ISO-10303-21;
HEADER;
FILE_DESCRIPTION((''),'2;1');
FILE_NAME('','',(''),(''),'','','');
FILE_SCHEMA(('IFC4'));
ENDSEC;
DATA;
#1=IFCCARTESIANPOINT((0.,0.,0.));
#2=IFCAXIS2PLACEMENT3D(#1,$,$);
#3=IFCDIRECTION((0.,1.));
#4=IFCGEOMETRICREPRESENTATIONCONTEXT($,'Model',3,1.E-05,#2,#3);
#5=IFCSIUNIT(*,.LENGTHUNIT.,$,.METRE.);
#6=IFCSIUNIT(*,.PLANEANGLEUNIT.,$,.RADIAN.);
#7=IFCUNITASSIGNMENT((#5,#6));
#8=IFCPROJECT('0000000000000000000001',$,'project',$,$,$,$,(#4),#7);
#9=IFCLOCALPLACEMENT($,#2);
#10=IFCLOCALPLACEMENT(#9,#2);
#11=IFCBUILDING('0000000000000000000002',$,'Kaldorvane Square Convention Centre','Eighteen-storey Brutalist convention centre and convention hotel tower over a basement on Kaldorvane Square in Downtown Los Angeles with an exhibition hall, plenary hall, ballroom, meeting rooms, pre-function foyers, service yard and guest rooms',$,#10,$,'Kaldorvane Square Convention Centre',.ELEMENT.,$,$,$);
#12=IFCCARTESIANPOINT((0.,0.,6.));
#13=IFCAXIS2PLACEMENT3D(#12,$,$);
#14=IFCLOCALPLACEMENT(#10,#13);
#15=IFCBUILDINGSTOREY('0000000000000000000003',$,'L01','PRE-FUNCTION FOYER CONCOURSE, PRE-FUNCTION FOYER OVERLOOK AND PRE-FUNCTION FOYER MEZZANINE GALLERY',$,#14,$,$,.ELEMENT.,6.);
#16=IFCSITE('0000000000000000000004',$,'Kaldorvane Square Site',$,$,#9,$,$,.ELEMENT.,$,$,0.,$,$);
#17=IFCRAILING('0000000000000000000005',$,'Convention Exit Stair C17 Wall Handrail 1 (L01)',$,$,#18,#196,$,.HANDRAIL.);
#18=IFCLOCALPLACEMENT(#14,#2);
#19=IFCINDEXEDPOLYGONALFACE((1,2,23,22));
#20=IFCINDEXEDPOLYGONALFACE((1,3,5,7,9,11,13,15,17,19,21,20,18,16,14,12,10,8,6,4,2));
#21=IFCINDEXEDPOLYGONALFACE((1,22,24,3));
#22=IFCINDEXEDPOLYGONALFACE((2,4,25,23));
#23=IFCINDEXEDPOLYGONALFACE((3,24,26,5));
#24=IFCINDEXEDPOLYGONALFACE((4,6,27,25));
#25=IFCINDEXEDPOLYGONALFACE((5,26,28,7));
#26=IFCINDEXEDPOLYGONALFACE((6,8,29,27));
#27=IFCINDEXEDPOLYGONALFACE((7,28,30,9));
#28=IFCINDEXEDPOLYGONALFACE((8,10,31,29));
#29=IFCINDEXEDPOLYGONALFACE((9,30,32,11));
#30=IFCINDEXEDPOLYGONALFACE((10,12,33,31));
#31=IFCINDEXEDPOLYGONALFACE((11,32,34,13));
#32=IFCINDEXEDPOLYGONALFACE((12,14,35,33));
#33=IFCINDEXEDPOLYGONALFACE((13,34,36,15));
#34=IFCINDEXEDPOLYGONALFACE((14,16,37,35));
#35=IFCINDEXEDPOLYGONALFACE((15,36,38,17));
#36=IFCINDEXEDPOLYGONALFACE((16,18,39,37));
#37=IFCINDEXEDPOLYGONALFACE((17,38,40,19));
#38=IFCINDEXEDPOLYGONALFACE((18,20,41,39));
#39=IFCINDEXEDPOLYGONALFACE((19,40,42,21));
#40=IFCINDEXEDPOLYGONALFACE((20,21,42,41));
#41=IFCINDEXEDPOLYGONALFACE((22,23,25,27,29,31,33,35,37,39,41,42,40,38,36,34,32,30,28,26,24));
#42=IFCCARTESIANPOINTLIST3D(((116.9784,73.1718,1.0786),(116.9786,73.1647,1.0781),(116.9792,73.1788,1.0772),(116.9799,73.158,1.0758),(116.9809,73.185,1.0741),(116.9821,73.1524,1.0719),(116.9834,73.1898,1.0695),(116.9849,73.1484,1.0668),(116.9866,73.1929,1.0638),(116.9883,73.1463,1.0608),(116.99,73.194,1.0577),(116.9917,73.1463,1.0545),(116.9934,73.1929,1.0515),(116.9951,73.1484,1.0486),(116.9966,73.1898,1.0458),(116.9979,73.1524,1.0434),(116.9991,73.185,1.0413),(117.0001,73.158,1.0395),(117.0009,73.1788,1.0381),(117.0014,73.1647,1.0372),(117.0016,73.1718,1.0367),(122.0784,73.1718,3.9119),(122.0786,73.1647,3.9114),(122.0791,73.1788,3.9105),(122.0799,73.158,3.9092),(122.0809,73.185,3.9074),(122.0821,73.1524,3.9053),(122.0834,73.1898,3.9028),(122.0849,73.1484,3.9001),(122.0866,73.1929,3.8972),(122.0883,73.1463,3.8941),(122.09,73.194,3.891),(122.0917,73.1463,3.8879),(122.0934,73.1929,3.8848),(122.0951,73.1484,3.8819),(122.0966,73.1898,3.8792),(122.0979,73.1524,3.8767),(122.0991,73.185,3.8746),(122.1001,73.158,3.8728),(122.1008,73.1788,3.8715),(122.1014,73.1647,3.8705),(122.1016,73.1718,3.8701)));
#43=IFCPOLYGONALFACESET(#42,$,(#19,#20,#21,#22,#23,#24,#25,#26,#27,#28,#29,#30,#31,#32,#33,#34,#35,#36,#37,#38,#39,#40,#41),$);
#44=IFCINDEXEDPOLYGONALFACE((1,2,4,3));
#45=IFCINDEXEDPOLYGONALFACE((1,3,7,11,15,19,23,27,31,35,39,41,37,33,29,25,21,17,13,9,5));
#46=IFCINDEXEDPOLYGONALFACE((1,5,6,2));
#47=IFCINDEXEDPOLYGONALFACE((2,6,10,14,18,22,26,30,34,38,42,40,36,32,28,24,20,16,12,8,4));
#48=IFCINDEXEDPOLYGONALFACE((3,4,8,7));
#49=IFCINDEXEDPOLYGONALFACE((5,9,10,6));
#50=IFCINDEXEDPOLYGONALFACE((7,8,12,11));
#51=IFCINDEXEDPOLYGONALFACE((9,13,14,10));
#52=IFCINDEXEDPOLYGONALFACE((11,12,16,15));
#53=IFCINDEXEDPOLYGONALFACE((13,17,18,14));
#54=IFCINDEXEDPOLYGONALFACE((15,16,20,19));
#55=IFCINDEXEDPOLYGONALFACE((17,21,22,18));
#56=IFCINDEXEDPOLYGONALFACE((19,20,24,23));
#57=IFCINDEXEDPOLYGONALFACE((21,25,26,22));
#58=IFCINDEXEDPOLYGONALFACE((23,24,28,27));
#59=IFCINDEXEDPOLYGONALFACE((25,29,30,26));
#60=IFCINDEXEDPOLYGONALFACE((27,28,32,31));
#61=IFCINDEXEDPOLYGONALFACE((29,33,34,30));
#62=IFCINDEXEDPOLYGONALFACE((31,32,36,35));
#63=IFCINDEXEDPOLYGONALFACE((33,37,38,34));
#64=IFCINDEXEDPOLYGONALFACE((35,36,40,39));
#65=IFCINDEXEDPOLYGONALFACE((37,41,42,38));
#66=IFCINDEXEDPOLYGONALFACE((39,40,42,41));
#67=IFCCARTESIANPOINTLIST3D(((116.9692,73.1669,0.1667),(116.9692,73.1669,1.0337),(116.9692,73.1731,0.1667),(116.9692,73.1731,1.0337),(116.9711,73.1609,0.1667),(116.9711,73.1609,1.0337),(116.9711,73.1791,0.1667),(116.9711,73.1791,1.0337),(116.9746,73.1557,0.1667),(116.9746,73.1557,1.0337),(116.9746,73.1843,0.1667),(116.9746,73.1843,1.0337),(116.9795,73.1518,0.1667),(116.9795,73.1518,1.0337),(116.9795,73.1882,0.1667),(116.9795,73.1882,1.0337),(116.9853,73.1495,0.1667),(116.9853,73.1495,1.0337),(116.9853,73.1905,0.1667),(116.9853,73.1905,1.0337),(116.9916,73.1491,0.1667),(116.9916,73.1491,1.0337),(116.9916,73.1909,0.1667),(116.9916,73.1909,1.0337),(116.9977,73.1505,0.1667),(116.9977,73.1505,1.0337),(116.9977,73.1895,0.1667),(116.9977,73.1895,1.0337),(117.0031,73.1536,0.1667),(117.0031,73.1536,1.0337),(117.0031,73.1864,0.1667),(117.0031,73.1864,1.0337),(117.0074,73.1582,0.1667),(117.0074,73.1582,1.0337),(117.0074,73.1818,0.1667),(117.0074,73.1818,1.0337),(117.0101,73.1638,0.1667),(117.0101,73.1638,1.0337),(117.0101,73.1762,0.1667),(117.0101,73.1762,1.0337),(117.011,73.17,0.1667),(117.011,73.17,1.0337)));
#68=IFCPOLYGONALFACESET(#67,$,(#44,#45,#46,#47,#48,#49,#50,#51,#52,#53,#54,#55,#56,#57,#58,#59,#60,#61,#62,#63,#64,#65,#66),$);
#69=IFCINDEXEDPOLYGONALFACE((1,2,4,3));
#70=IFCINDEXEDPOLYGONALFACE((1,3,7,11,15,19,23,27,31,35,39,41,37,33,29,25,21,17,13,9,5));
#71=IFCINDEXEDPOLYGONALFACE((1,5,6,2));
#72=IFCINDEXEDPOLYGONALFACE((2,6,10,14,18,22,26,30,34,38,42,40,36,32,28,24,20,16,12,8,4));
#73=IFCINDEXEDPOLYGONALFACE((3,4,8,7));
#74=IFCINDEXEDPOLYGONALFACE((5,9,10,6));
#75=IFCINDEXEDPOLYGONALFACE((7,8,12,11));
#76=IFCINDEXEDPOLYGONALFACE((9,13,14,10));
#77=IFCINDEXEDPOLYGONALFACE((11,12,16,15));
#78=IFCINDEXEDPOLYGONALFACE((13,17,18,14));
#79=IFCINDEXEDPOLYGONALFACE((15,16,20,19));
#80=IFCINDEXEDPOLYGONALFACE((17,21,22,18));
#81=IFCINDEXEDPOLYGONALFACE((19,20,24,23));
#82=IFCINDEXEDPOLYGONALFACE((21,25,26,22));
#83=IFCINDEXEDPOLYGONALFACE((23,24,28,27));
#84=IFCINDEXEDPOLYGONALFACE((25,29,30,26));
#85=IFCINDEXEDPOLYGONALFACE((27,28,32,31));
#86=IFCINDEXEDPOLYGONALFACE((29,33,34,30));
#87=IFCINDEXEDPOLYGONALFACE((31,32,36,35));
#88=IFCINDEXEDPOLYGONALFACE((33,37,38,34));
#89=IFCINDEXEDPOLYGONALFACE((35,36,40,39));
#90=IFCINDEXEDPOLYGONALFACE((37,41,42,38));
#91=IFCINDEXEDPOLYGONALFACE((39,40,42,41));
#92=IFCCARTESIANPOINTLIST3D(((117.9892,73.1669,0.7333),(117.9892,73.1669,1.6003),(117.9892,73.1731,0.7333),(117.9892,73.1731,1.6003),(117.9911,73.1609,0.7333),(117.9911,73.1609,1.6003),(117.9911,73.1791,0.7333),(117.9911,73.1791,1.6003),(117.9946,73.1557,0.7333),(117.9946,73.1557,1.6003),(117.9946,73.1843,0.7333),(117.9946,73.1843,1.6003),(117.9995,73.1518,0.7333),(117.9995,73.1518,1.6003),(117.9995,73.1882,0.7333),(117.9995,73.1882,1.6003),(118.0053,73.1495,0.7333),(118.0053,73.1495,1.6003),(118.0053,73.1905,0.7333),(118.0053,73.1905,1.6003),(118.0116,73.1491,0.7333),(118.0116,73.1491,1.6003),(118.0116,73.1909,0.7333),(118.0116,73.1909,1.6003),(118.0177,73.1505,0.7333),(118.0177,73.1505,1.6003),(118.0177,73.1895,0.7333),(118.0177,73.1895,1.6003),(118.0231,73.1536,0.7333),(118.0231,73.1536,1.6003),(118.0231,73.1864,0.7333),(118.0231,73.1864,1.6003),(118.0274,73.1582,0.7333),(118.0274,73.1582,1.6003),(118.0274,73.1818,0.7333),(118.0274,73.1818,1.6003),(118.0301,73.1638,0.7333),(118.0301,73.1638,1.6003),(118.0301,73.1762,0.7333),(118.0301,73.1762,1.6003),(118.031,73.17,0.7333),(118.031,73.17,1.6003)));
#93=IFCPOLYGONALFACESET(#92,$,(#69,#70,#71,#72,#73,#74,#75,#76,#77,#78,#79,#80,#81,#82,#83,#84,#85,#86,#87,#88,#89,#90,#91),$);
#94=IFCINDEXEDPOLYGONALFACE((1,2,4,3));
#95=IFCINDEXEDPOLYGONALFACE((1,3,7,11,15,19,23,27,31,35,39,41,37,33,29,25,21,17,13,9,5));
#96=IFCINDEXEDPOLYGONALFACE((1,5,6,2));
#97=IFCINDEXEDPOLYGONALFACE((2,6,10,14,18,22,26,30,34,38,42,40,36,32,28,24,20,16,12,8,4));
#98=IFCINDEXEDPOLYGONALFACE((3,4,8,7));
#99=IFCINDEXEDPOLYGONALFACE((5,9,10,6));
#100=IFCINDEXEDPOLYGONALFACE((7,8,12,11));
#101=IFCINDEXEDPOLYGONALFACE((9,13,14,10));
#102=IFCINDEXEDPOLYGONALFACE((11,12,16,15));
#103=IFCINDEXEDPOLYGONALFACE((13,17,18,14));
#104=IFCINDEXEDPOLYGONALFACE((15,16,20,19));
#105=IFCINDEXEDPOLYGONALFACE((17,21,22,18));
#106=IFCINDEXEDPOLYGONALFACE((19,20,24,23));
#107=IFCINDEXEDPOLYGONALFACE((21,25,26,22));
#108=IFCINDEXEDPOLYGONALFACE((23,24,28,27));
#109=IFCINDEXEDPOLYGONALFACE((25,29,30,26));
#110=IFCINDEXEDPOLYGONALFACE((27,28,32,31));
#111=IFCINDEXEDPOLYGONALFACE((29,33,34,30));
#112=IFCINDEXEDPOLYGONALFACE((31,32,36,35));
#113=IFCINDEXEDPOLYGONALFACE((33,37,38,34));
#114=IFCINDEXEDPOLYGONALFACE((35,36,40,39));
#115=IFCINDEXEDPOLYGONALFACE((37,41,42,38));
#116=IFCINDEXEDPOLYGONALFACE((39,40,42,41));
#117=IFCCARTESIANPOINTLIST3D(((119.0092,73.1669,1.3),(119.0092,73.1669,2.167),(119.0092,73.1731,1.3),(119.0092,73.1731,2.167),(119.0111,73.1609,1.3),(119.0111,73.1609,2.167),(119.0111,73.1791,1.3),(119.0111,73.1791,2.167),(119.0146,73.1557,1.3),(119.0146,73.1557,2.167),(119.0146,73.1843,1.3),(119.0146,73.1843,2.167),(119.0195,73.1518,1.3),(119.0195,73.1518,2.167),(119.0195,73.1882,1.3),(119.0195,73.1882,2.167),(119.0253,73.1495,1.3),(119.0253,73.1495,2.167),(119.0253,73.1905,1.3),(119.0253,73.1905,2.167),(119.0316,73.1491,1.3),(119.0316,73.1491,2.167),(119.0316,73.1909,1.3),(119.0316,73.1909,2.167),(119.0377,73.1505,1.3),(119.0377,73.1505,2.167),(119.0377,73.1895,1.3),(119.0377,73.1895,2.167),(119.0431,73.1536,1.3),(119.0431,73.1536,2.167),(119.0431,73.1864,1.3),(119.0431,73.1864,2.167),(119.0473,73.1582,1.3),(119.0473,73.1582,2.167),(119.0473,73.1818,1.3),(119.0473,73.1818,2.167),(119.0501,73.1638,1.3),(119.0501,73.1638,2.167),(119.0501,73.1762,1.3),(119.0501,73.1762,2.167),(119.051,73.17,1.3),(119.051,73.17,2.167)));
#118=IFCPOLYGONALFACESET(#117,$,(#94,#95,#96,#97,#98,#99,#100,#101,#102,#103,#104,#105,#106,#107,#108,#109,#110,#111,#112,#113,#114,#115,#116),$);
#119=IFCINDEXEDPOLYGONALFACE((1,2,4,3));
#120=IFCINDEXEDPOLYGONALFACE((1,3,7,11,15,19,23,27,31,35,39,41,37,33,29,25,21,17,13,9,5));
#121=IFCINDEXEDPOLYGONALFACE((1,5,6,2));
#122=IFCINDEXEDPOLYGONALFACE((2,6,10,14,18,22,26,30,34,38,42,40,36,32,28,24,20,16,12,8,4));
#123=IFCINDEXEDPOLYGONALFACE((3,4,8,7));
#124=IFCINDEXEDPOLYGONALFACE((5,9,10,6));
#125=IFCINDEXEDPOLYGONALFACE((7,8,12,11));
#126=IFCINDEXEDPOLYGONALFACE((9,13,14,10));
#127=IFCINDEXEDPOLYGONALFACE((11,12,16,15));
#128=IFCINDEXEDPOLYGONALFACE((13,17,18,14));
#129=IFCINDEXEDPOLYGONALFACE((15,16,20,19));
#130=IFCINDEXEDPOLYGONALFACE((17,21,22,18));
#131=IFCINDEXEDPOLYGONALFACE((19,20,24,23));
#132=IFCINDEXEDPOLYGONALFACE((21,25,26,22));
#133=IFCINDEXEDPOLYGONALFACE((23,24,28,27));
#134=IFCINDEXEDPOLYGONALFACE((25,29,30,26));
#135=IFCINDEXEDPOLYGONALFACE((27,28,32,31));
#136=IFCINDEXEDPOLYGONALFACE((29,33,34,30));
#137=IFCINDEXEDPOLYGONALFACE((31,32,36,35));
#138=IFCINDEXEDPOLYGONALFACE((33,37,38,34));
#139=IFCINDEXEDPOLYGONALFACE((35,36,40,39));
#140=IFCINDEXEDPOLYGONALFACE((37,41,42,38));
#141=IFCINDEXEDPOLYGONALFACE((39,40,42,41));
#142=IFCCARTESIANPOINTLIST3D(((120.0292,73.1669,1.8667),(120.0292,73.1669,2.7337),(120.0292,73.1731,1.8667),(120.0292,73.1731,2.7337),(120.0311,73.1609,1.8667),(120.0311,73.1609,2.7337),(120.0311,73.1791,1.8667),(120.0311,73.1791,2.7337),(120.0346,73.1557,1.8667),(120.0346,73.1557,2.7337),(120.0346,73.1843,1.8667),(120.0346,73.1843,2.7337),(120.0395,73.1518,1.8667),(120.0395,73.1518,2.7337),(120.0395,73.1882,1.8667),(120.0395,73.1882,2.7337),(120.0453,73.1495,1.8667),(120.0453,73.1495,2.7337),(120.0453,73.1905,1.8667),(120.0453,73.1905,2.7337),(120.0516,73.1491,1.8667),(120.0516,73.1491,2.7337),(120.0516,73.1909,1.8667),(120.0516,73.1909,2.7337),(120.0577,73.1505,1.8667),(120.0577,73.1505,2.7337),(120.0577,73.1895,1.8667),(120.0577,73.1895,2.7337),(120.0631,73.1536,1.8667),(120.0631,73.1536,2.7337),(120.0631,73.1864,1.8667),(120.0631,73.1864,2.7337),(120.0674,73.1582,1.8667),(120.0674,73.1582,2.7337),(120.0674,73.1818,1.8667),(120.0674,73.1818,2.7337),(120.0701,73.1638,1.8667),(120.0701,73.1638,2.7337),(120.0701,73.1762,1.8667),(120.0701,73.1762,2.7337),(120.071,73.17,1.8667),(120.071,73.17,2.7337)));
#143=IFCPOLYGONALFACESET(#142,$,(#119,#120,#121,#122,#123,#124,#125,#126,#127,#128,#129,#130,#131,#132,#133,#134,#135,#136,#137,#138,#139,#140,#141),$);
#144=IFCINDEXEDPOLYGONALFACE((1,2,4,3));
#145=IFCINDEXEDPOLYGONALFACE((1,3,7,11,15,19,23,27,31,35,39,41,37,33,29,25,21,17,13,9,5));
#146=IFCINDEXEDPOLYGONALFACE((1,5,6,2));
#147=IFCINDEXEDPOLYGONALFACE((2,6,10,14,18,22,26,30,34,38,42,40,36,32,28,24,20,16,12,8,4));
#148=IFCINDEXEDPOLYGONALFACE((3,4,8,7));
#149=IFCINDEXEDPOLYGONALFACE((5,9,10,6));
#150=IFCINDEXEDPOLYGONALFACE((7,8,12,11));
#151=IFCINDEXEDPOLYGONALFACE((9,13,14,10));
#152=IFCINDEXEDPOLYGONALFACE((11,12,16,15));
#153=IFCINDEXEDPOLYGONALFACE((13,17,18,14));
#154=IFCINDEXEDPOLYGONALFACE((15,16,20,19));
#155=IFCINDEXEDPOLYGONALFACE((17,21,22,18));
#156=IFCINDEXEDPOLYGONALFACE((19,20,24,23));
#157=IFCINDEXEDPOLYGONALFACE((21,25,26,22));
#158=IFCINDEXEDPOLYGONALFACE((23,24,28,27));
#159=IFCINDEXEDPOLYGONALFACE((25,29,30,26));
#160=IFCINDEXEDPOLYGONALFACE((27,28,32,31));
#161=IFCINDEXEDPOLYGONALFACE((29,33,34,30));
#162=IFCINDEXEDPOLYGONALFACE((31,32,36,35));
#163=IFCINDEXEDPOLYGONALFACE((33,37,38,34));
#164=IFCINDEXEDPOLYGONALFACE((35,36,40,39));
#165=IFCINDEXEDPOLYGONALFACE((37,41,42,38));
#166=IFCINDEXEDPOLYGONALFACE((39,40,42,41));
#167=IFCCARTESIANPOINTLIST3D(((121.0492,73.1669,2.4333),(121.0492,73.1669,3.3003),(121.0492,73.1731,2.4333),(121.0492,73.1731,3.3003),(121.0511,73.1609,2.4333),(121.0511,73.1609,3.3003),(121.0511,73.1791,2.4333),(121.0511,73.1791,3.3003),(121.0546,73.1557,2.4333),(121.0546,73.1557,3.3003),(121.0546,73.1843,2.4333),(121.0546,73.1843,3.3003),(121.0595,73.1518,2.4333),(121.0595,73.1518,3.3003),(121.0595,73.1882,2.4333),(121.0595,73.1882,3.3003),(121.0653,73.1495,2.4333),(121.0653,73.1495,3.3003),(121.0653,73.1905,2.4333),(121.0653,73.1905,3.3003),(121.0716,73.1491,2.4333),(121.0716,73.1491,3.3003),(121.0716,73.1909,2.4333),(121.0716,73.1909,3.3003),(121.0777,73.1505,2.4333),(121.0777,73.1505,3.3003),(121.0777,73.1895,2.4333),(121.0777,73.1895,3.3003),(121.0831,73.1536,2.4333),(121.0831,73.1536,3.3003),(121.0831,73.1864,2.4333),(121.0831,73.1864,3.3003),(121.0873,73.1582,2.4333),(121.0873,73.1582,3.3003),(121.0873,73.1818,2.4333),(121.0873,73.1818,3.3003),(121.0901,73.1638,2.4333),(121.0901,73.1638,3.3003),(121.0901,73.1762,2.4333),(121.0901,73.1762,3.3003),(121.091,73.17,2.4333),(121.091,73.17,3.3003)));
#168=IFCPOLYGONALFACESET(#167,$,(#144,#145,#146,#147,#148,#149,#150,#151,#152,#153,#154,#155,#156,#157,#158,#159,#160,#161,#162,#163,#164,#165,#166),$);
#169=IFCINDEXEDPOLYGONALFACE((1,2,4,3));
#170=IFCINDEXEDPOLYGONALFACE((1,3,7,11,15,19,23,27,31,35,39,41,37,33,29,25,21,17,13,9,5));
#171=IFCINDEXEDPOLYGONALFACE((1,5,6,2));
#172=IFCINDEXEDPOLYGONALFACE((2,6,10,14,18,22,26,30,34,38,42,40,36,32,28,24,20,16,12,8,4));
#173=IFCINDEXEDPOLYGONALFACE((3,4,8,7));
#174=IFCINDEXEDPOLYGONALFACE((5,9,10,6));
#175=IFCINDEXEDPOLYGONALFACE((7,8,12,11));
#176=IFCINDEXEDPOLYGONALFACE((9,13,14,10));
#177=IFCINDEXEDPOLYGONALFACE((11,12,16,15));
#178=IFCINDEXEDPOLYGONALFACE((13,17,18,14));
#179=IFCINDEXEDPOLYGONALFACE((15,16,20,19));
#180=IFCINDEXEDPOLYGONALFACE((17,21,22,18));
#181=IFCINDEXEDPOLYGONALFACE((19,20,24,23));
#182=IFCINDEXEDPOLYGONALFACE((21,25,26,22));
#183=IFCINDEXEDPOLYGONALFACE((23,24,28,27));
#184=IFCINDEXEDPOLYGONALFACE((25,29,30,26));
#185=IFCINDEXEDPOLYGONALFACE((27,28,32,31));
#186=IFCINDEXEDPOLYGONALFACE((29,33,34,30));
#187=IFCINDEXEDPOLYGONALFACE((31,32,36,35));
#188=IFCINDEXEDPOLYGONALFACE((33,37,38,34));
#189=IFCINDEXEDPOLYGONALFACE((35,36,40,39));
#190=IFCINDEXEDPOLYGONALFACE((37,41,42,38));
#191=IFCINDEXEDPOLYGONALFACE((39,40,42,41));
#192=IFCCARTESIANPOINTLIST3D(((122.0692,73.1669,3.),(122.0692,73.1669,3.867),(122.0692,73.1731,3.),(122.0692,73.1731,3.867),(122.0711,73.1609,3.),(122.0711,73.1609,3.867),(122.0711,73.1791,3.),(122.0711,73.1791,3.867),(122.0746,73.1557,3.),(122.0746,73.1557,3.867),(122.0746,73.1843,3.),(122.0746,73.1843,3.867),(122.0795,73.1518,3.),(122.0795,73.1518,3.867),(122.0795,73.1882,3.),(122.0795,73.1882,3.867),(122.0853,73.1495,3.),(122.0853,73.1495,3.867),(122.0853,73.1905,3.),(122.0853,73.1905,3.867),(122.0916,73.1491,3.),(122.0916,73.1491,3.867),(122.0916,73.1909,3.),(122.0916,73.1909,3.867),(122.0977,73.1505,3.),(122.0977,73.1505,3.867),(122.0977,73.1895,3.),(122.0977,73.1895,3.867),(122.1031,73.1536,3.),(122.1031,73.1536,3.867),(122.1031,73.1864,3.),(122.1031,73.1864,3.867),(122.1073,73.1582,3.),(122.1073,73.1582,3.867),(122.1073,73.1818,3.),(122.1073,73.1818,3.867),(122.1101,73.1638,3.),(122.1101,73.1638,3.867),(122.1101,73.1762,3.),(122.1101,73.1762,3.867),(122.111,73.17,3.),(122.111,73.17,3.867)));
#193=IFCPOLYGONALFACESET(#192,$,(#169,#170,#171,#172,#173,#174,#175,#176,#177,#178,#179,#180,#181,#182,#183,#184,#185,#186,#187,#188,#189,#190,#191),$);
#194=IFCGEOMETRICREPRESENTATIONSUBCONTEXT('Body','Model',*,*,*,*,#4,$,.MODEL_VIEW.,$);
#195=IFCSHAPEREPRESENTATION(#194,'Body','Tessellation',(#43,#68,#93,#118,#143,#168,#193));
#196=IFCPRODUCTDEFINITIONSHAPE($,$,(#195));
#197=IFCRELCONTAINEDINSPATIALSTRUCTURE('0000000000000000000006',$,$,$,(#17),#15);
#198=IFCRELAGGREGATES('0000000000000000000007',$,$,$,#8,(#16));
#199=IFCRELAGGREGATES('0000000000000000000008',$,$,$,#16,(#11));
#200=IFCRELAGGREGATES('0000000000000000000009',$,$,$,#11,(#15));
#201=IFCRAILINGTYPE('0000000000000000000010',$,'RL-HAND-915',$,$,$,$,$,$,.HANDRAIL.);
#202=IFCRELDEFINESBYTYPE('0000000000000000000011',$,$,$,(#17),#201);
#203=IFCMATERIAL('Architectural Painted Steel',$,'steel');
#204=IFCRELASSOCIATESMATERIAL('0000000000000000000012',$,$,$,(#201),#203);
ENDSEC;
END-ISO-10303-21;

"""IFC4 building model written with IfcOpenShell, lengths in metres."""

from ifc_helpers import new_model, si_unit, direction, frame, origin, origin_2d, place, context, subcontext, project, spatial, circle, extrude, material, type_object, element, save


model = new_model("IFC4")

# Units and contexts
model_context = context("Model", 3, precision=1e-05, world=origin(), true_north=direction((0.0, 1.0)))
body_context = subcontext(model_context, "Body", "Model", "MODEL_VIEW")
ifc_project = project(units=[si_unit("LENGTHUNIT", "METRE"), si_unit("PLANEANGLEUNIT", "RADIAN")], contexts=[model_context])

# Site, building, storey
site_placement = place(None, origin())
site = spatial("IfcSite", under=ifc_project, at=site_placement, Name="Kaldorvane Square Site", CompositionType="ELEMENT", RefElevation=0.0)
building_placement = place(site_placement, origin())
building = spatial("IfcBuilding", under=site, at=building_placement, Name="Kaldorvane Square Convention Centre", Description="Eighteen-storey Brutalist convention centre and convention hotel tower over a basement on Kaldorvane Square in Downtown Los Angeles with an exhibition hall, plenary hall, ballroom, meeting rooms, pre-function foyers, service yard and guest rooms", LongName="Kaldorvane Square Convention Centre", CompositionType="ELEMENT")
storey_placement = place(building_placement, frame((0.0, 0.0, 6.0)))
storey = spatial("IfcBuildingStorey", under=building, at=storey_placement, Name="L01", Description="PRE-FUNCTION FOYER CONCOURSE, PRE-FUNCTION FOYER OVERLOOK AND PRE-FUNCTION FOYER MEZZANINE GALLERY", CompositionType="ELEMENT", Elevation=6.0)

# Railing
ifc_material_1 = material(Name="Architectural Painted Steel", Category="steel")
railing_type_1 = type_object("IfcRailingType", Name="RL-HAND-915", PredefinedType="HANDRAIL", material=ifc_material_1)
railing_1_placement = place(storey_placement, frame((116.99, 73.17, 0.1667)))
element("IfcRailing", 1, at=railing_1_placement, inside=storey, type_object=railing_type_1, Name="Convention Exit Stair C17 Wall Handrail 1 (L01)", PredefinedType="HANDRAIL", context=body_context, shape_type="SweptSolid", body=[
    extrude(circle(Radius=0.024, at=origin_2d()), frame((0.0, 0.0, 0.891), z_axis=(0.874157, 0.0, 0.485643), x_axis=(0.0, 1.0, 0.0)), (0.0, 0.0, 1.0), 5.8342),
    extrude(circle(Radius=0.021, at=origin_2d()), origin(), (0.0, 0.0, 1.0), 0.867),
    extrude(circle(Radius=0.021, at=origin_2d()), frame((1.02, 0.0, 0.5667)), (0.0, 0.0, 1.0), 0.867),
    extrude(circle(Radius=0.021, at=origin_2d()), frame((2.04, 0.0, 1.1333)), (0.0, 0.0, 1.0), 0.867),
    extrude(circle(Radius=0.021, at=origin_2d()), frame((3.06, 0.0, 1.7)), (0.0, 0.0, 1.0), 0.867),
    extrude(circle(Radius=0.021, at=origin_2d()), frame((4.08, 0.0, 2.2667)), (0.0, 0.0, 1.0), 0.867),
    extrude(circle(Radius=0.021, at=origin_2d()), frame((5.1, 0.0, 2.8333)), (0.0, 0.0, 1.0), 0.867),
])

save(model, "model.ifc")
